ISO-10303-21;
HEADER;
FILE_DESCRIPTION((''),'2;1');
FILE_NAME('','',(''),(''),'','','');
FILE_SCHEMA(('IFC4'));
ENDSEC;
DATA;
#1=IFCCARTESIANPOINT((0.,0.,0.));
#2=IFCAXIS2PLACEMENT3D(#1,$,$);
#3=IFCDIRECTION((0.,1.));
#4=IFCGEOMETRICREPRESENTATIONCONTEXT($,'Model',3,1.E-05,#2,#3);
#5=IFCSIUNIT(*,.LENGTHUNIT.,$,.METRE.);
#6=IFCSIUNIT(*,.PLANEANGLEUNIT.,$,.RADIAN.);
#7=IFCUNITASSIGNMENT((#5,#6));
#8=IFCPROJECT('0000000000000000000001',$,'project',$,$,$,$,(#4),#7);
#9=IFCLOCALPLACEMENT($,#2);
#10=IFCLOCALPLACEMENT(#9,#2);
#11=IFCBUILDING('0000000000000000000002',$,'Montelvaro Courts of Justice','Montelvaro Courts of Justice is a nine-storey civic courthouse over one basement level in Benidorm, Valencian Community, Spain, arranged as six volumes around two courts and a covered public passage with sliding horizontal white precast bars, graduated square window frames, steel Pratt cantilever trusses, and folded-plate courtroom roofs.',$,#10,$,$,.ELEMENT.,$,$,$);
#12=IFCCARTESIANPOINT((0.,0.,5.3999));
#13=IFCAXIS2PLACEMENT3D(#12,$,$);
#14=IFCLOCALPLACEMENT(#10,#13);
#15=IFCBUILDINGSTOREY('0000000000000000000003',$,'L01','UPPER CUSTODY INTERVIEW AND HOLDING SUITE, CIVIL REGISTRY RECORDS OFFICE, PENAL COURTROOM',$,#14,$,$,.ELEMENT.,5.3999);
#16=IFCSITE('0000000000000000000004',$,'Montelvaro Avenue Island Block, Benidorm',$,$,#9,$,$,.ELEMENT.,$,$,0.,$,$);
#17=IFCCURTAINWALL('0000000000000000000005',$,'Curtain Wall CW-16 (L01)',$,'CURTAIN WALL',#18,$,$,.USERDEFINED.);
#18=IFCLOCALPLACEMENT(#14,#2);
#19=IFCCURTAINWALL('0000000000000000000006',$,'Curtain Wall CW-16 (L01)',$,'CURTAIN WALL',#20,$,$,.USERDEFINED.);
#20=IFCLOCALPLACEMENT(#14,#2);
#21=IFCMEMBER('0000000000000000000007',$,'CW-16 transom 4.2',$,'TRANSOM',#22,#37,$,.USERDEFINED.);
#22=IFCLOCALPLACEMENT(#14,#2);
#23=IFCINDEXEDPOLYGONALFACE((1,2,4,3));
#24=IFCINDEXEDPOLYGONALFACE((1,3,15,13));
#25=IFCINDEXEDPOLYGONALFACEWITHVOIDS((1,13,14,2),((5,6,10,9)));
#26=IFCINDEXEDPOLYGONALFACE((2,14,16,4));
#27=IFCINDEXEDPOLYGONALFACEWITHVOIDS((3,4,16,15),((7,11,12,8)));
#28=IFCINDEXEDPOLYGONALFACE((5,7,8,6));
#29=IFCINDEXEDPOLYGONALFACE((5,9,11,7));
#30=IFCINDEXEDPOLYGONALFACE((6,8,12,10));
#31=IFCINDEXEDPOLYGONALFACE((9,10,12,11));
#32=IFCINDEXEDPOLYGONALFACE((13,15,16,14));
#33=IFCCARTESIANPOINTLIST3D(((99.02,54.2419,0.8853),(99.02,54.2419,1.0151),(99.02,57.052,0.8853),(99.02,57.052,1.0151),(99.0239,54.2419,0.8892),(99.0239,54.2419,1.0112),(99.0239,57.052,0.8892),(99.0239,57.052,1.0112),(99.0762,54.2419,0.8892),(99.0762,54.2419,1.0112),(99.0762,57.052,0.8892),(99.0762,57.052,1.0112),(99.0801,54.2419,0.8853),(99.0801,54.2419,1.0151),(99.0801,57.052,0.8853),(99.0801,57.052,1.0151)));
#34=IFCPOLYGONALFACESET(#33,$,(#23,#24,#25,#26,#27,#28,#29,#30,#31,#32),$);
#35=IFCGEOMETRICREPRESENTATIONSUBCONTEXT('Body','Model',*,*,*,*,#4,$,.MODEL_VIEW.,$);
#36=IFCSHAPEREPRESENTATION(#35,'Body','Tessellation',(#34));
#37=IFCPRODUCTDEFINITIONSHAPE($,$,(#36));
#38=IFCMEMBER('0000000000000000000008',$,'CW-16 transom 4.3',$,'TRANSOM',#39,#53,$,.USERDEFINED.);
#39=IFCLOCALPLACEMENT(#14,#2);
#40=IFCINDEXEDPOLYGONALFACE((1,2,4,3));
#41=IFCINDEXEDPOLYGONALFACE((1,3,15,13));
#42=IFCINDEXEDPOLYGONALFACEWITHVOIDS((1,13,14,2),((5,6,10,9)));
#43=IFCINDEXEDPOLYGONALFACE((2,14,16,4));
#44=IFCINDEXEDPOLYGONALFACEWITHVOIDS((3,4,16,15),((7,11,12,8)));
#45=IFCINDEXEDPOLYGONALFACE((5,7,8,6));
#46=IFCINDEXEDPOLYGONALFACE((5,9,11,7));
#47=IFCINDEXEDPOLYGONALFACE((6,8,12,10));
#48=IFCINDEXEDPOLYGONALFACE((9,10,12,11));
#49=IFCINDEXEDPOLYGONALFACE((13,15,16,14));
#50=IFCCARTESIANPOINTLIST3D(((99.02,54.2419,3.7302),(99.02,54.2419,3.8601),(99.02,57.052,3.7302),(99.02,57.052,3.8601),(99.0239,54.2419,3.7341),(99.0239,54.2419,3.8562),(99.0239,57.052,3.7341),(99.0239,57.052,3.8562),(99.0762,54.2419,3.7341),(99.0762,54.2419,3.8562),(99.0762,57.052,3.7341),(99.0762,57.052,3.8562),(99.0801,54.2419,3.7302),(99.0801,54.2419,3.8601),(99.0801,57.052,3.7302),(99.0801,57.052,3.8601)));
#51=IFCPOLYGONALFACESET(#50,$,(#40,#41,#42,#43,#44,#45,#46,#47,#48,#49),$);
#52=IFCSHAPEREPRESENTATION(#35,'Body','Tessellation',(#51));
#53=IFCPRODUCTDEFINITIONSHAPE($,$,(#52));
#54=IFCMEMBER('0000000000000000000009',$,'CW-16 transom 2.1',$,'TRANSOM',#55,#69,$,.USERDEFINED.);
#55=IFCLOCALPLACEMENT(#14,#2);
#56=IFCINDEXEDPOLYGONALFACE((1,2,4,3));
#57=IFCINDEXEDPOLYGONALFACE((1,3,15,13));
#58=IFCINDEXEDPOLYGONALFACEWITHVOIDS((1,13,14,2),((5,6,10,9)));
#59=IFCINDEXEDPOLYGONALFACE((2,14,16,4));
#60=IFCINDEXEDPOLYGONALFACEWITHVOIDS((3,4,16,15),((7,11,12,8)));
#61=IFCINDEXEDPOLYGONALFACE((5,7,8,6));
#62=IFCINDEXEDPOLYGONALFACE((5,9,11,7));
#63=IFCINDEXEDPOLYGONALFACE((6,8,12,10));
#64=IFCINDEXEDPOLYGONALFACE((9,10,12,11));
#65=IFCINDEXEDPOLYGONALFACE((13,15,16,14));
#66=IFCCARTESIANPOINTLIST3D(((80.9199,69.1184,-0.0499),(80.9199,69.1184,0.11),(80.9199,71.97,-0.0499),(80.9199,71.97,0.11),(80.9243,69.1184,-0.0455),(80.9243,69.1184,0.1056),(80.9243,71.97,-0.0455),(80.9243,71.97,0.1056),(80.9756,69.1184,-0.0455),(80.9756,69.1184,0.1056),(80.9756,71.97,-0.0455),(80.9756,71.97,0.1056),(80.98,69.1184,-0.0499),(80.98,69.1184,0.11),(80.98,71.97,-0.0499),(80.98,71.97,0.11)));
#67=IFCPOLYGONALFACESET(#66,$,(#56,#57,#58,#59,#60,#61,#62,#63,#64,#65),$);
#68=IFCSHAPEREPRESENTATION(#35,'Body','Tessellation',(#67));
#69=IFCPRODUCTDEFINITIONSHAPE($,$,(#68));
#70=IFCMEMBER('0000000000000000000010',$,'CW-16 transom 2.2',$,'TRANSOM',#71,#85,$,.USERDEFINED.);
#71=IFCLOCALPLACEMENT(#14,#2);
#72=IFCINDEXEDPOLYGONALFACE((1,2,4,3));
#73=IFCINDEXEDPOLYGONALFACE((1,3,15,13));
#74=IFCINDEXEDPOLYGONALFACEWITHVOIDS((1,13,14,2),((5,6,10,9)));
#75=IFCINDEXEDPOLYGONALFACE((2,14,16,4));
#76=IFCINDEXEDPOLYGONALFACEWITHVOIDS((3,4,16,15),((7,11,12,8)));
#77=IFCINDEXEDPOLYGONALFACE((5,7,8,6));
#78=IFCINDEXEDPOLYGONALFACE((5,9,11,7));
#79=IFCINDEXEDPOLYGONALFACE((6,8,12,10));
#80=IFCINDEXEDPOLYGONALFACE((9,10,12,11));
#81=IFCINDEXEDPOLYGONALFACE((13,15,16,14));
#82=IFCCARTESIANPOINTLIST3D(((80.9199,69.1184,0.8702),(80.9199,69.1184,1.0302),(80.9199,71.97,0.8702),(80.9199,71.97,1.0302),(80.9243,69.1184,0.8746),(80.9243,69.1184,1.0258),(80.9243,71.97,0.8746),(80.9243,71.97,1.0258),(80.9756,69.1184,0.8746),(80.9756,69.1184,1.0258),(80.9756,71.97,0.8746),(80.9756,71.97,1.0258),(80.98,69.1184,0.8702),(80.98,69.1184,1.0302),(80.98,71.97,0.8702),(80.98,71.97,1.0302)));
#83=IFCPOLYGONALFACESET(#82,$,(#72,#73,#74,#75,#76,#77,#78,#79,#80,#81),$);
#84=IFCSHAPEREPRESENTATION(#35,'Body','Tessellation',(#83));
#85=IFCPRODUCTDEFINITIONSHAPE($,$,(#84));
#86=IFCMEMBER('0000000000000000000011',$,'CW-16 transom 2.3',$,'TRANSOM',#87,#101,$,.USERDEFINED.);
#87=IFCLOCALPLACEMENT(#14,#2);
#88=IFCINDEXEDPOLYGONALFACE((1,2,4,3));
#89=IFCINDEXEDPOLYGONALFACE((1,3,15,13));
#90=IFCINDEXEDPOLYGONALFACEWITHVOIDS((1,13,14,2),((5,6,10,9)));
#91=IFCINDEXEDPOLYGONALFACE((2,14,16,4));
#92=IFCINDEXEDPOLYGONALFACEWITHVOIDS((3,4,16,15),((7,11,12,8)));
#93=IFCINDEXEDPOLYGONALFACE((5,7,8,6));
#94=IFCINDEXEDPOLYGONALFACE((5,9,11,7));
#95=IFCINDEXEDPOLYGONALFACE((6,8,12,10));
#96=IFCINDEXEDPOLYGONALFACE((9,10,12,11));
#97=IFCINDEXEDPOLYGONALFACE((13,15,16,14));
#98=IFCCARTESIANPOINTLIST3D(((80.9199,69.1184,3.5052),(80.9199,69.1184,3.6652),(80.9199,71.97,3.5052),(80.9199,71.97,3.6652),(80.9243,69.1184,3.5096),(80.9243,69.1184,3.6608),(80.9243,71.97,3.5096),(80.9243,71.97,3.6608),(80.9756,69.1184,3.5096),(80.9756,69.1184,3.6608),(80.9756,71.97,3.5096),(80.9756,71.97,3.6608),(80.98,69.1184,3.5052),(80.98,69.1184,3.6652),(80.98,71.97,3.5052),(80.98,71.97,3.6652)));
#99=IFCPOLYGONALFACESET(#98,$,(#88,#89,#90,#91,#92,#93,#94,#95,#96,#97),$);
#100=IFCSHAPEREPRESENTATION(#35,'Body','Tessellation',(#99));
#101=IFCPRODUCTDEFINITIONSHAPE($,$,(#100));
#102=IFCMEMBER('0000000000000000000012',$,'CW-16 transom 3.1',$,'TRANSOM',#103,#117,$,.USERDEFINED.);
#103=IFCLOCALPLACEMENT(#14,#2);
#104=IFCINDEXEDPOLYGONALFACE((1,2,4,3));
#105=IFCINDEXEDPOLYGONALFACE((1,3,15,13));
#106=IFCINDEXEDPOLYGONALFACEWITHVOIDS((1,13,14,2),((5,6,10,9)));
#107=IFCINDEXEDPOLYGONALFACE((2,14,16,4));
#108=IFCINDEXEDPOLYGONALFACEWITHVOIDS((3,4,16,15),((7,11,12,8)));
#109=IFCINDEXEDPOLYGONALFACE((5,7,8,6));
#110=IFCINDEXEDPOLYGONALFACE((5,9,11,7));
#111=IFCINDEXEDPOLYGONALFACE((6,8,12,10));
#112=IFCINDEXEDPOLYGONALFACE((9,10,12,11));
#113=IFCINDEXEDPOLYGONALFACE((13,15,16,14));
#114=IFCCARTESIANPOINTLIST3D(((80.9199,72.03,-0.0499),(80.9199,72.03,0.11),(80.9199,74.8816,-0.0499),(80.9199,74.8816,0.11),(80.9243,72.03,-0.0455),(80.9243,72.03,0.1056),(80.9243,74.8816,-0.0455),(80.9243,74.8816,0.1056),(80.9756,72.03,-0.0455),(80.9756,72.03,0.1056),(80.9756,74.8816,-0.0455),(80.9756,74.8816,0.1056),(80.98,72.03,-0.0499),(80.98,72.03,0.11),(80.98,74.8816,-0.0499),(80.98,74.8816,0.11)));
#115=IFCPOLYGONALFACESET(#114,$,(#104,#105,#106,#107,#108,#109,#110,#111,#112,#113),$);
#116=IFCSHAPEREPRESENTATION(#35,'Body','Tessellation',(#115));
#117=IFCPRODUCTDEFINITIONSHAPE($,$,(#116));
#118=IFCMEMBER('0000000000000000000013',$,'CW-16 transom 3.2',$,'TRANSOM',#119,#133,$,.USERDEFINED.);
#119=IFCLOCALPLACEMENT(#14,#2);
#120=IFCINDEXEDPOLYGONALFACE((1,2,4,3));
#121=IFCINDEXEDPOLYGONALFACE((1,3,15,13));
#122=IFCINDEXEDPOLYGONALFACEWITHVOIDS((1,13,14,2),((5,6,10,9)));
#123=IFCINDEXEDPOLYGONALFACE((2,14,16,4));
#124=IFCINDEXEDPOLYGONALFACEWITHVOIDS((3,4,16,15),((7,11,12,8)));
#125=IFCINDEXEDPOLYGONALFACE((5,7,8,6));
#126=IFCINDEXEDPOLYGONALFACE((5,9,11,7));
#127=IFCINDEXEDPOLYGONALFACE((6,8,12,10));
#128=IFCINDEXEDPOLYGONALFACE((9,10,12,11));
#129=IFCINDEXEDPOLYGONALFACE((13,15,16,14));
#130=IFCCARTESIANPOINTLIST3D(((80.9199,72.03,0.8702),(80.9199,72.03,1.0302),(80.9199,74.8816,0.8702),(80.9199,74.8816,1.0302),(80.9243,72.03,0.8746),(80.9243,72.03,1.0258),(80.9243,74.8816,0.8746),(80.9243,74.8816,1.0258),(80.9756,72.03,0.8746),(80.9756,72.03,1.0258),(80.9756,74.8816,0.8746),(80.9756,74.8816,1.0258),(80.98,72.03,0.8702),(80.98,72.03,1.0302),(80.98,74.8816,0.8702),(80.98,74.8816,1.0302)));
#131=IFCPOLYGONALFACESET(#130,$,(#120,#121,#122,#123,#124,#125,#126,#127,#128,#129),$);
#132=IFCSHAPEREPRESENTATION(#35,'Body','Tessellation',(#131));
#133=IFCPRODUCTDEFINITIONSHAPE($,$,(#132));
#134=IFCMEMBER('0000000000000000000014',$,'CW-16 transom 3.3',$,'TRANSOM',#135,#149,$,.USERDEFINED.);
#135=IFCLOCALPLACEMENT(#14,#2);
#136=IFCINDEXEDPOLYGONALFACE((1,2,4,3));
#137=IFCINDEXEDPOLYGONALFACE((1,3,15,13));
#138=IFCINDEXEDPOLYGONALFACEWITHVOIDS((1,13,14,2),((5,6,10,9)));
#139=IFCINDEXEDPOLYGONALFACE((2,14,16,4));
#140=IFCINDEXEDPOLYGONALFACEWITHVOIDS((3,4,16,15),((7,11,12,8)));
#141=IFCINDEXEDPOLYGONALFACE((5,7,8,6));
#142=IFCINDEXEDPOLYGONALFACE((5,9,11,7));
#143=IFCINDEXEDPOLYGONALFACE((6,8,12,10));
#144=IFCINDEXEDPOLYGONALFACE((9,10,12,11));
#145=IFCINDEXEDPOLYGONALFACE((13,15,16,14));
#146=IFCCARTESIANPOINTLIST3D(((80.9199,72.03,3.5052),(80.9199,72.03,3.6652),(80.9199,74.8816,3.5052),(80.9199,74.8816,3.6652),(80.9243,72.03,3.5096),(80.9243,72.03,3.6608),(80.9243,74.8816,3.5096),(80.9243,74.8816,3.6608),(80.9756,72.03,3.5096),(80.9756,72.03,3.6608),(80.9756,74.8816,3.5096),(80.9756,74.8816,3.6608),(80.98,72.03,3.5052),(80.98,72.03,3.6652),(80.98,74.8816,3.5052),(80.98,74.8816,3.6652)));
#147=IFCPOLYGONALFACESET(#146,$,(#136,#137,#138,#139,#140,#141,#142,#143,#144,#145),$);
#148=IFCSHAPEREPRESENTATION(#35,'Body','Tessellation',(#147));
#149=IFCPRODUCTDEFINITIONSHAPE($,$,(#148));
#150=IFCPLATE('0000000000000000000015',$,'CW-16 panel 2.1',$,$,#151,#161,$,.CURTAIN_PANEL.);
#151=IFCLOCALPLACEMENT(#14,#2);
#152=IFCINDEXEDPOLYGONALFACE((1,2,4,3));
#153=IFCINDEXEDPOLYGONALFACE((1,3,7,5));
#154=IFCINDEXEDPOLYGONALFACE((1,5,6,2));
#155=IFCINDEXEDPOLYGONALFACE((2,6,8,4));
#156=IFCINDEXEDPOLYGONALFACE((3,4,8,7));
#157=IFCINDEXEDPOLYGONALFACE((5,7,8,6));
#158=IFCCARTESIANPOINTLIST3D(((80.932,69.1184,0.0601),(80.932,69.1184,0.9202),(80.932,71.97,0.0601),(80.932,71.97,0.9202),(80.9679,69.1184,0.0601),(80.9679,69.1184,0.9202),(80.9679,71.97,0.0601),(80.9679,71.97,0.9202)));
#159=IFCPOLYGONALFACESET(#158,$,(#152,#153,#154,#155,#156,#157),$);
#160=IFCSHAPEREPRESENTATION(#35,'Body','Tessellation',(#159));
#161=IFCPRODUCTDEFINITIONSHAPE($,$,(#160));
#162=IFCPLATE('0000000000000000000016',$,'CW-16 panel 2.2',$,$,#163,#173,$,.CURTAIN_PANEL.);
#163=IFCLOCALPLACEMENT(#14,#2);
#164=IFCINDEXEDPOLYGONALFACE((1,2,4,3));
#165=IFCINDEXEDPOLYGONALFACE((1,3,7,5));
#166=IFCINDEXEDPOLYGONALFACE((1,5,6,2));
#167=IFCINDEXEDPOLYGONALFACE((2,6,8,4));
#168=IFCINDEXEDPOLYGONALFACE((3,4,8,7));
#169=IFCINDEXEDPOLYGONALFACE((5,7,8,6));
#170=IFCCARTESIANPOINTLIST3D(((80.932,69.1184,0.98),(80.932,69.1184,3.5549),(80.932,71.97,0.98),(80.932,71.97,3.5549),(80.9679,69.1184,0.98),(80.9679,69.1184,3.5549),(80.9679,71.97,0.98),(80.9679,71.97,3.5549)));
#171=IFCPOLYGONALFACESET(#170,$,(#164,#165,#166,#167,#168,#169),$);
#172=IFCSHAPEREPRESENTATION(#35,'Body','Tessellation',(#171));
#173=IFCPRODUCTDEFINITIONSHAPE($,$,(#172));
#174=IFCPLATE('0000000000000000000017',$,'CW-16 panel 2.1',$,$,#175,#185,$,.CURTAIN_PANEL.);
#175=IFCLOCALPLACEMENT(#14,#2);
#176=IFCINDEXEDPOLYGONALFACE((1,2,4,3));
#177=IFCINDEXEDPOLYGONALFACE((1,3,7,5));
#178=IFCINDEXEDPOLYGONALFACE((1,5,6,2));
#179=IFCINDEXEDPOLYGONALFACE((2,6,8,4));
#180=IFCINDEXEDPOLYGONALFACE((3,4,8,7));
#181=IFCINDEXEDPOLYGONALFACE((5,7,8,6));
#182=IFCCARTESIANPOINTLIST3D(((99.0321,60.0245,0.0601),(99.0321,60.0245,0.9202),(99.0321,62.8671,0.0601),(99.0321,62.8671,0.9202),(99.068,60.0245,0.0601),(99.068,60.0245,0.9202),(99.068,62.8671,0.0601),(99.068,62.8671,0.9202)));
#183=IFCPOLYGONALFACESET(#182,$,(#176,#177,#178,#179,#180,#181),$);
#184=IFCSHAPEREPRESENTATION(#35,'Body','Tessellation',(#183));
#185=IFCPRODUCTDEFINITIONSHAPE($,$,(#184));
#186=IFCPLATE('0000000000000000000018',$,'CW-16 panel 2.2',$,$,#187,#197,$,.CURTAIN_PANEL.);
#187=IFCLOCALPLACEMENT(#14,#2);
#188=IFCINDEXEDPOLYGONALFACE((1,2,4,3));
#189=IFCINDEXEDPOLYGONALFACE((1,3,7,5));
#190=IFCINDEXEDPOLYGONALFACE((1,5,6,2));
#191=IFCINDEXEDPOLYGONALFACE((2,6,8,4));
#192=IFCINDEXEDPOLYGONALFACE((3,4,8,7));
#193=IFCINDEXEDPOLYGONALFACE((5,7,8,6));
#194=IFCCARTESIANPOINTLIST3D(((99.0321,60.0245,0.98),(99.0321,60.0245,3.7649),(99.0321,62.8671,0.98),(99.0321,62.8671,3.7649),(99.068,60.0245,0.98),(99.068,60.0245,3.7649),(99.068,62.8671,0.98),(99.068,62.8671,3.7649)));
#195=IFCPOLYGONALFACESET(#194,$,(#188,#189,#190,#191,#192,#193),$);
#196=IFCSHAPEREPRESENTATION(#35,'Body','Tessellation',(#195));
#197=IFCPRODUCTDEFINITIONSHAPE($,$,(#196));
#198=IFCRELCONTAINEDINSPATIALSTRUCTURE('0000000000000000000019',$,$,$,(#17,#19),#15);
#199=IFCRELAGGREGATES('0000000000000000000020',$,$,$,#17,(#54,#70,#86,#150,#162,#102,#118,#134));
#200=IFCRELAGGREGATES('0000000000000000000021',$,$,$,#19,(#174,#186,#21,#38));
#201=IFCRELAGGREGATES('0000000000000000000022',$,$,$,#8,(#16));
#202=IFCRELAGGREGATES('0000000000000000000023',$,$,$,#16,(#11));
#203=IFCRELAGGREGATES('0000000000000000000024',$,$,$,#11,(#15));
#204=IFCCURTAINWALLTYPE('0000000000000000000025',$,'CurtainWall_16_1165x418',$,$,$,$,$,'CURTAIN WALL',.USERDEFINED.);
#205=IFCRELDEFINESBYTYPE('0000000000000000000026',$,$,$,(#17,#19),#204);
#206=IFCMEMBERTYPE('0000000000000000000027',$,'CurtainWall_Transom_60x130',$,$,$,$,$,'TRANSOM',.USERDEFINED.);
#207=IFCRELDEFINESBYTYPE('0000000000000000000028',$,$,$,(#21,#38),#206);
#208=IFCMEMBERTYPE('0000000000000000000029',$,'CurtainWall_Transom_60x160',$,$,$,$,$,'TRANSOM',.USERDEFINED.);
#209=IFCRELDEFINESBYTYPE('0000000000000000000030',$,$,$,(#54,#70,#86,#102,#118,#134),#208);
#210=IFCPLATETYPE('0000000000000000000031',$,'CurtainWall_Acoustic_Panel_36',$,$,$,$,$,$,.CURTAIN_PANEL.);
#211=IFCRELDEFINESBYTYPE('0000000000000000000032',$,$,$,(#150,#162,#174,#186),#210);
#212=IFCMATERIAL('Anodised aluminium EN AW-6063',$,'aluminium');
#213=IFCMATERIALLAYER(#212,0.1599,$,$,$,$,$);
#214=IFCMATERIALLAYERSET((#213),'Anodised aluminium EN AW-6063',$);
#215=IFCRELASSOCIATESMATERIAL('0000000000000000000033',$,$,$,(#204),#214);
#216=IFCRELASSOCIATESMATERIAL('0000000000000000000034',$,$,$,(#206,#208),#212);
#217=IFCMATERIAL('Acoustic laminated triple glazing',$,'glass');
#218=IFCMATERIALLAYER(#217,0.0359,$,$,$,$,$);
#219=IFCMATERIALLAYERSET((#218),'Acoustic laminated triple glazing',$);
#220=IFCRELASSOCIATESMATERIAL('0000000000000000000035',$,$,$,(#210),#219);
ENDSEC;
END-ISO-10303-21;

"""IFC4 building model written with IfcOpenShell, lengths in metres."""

from ifc_helpers import new_model, si_unit, direction, frame, origin, origin_2d, place, context, subcontext, project, spatial, rectangle, hollow_rectangle, extrude, material, layer, layer_set, material_profile, profile_set, type_object, element, aggregate, save


model = new_model("IFC4")

# Units and contexts
model_context = context("Model", 3, precision=1e-05, world=origin(), true_north=direction((0.0, 1.0)))
body_context = subcontext(model_context, "Body", "Model", "MODEL_VIEW")
ifc_project = project(units=[si_unit("LENGTHUNIT", "METRE"), si_unit("PLANEANGLEUNIT", "RADIAN")], contexts=[model_context])

# Site, building, storey
site_placement = place(None, origin())
site = spatial("IfcSite", under=ifc_project, at=site_placement, Name="Montelvaro Avenue Island Block, Benidorm", CompositionType="ELEMENT", RefElevation=0.0)
building_placement = place(site_placement, origin())
building = spatial("IfcBuilding", under=site, at=building_placement, Name="Montelvaro Courts of Justice", Description="Montelvaro Courts of Justice is a nine-storey civic courthouse over one basement level in Benidorm, Valencian Community, Spain, arranged as six volumes around two courts and a covered public passage with sliding horizontal white precast bars, graduated square window frames, steel Pratt cantilever trusses, and folded-plate courtroom roofs.", CompositionType="ELEMENT")
storey_placement = place(building_placement, frame((0.0, 0.0, 5.3999)))
storey = spatial("IfcBuildingStorey", under=building, at=storey_placement, Name="L01", Description="UPPER CUSTODY INTERVIEW AND HOLDING SUITE, CIVIL REGISTRY RECORDS OFFICE, PENAL COURTROOM", CompositionType="ELEMENT", Elevation=5.3999)

# Curtain walls, members
ifc_material_1 = material(Name="Anodised aluminium EN AW-6063", Category="aluminium")
ifc_layer_1 = layer(ifc_material_1, 0.1599)
ifc_layer_set_1 = layer_set([ifc_layer_1], Name="Anodised aluminium EN AW-6063")
curtain_wall_type = type_object("IfcCurtainWallType", Name="CurtainWall_16_1165x418", ElementType="CURTAIN WALL", PredefinedType="USERDEFINED", material=ifc_layer_set_1)
curtain_wall_1_placement = place(storey_placement, origin())
curtain_wall_1 = element("IfcCurtainWall", 1, at=curtain_wall_1_placement, inside=storey, type_object=curtain_wall_type, Name="Curtain Wall CW-16 (L01)", ObjectType="CURTAIN WALL", PredefinedType="USERDEFINED")
curtain_wall_2_placement = place(storey_placement, origin())
curtain_wall_2 = element("IfcCurtainWall", 2, at=curtain_wall_2_placement, inside=storey, type_object=curtain_wall_type, Name="Curtain Wall CW-16 (L01)", ObjectType="CURTAIN WALL", PredefinedType="USERDEFINED")
ifc_material_profile_1 = material_profile(ifc_material_1, hollow_rectangle(XDim=0.0601, YDim=0.1299, WallThickness=0.0039, at=origin_2d()), Name="ALU-T 60x130")
ifc_profile_set_1 = profile_set([ifc_material_profile_1], Name="Anodised aluminium EN AW-6063")
member_type_1 = type_object("IfcMemberType", Name="CurtainWall_Transom_60x130", ElementType="TRANSOM", PredefinedType="USERDEFINED", material=ifc_profile_set_1)
member_1_placement = place(storey_placement, frame((99.05, 57.052, 0.9502), z_axis=(0.0, -1.0, 0.0), x_axis=(1.0, 0.0, 0.0)))
member_1 = element("IfcMember", 3, at=member_1_placement, type_object=member_type_1, Name="CW-16 transom 4.2", ObjectType="TRANSOM", PredefinedType="USERDEFINED", context=body_context, shape_type="SweptSolid", body=[
    extrude(hollow_rectangle(XDim=0.0601, YDim=0.1299, WallThickness=0.0039, at=origin_2d()), origin(), (0.0, 0.0, 1.0), 2.8101),
])
member_2_placement = place(storey_placement, frame((99.05, 57.052, 3.7952), z_axis=(0.0, -1.0, 0.0), x_axis=(1.0, 0.0, 0.0)))
member_2 = element("IfcMember", 4, at=member_2_placement, type_object=member_type_1, Name="CW-16 transom 4.3", ObjectType="TRANSOM", PredefinedType="USERDEFINED", context=body_context, shape_type="SweptSolid", body=[
    extrude(hollow_rectangle(XDim=0.0601, YDim=0.1299, WallThickness=0.0039, at=origin_2d()), origin(), (0.0, 0.0, 1.0), 2.8101),
])

# Members
ifc_material_profile_2 = material_profile(ifc_material_1, hollow_rectangle(XDim=0.0601, YDim=0.1599, WallThickness=0.0044, at=origin_2d()), Name="ALU-T 60x160")
ifc_profile_set_2 = profile_set([ifc_material_profile_2], Name="Anodised aluminium EN AW-6063")
member_type_2 = type_object("IfcMemberType", Name="CurtainWall_Transom_60x160", ElementType="TRANSOM", PredefinedType="USERDEFINED", material=ifc_profile_set_2)
member_3_placement = place(storey_placement, frame((80.95, 69.1184, 0.03), z_axis=(0.0, 1.0, 0.0), x_axis=(-1.0, 0.0, 0.0)))
member_3 = element("IfcMember", 5, at=member_3_placement, type_object=member_type_2, Name="CW-16 transom 2.1", ObjectType="TRANSOM", PredefinedType="USERDEFINED", context=body_context, shape_type="SweptSolid", body=[
    extrude(hollow_rectangle(XDim=0.0601, YDim=0.1599, WallThickness=0.0044, at=origin_2d()), origin(), (0.0, 0.0, 1.0), 2.8516),
])
member_4_placement = place(storey_placement, frame((80.95, 69.1184, 0.9502), z_axis=(0.0, 1.0, 0.0), x_axis=(-1.0, 0.0, 0.0)))
member_4 = element("IfcMember", 6, at=member_4_placement, type_object=member_type_2, Name="CW-16 transom 2.2", ObjectType="TRANSOM", PredefinedType="USERDEFINED", context=body_context, shape_type="SweptSolid", body=[
    extrude(hollow_rectangle(XDim=0.0601, YDim=0.1599, WallThickness=0.0044, at=origin_2d()), origin(), (0.0, 0.0, 1.0), 2.8516),
])
member_5_placement = place(storey_placement, frame((80.95, 69.1184, 3.5852), z_axis=(0.0, 1.0, 0.0), x_axis=(-1.0, 0.0, 0.0)))
member_5 = element("IfcMember", 7, at=member_5_placement, type_object=member_type_2, Name="CW-16 transom 2.3", ObjectType="TRANSOM", PredefinedType="USERDEFINED", context=body_context, shape_type="SweptSolid", body=[
    extrude(hollow_rectangle(XDim=0.0601, YDim=0.1599, WallThickness=0.0044, at=origin_2d()), origin(), (0.0, 0.0, 1.0), 2.8516),
])
member_6_placement = place(storey_placement, frame((80.95, 72.03, 0.03), z_axis=(0.0, 1.0, 0.0), x_axis=(-1.0, 0.0, 0.0)))
member_6 = element("IfcMember", 8, at=member_6_placement, type_object=member_type_2, Name="CW-16 transom 3.1", ObjectType="TRANSOM", PredefinedType="USERDEFINED", context=body_context, shape_type="SweptSolid", body=[
    extrude(hollow_rectangle(XDim=0.0601, YDim=0.1599, WallThickness=0.0044, at=origin_2d()), origin(), (0.0, 0.0, 1.0), 2.8516),
])
member_7_placement = place(storey_placement, frame((80.95, 72.03, 0.9502), z_axis=(0.0, 1.0, 0.0), x_axis=(-1.0, 0.0, 0.0)))
member_7 = element("IfcMember", 9, at=member_7_placement, type_object=member_type_2, Name="CW-16 transom 3.2", ObjectType="TRANSOM", PredefinedType="USERDEFINED", context=body_context, shape_type="SweptSolid", body=[
    extrude(hollow_rectangle(XDim=0.0601, YDim=0.1599, WallThickness=0.0044, at=origin_2d()), origin(), (0.0, 0.0, 1.0), 2.8516),
])
member_8_placement = place(storey_placement, frame((80.95, 72.03, 3.5852), z_axis=(0.0, 1.0, 0.0), x_axis=(-1.0, 0.0, 0.0)))
member_8 = element("IfcMember", 10, at=member_8_placement, type_object=member_type_2, Name="CW-16 transom 3.3", ObjectType="TRANSOM", PredefinedType="USERDEFINED", context=body_context, shape_type="SweptSolid", body=[
    extrude(hollow_rectangle(XDim=0.0601, YDim=0.1599, WallThickness=0.0044, at=origin_2d()), origin(), (0.0, 0.0, 1.0), 2.8516),
])

# Plates
ifc_material_2 = material(Name="Acoustic laminated triple glazing", Category="glass")
ifc_layer_2 = layer(ifc_material_2, 0.0359)
ifc_layer_set_2 = layer_set([ifc_layer_2], Name="Acoustic laminated triple glazing")
plate_type = type_object("IfcPlateType", Name="CurtainWall_Acoustic_Panel_36", PredefinedType="CURTAIN_PANEL", material=ifc_layer_set_2)
plate_1_placement = place(storey_placement, frame((80.95, 70.5442, 0.0601), z_axis=(0.0, 0.0, 1.0), x_axis=(0.0, 1.0, 0.0)))
plate_1 = element("IfcPlate", 11, at=plate_1_placement, type_object=plate_type, Name="CW-16 panel 2.1", PredefinedType="CURTAIN_PANEL", context=body_context, shape_type="SweptSolid", body=[
    extrude(rectangle(XDim=2.8516, YDim=0.0359, at=origin_2d()), origin(), (0.0, 0.0, 1.0), 0.8601),
])
plate_2_placement = place(storey_placement, frame((80.95, 70.5442, 0.98), z_axis=(0.0, 0.0, 1.0), x_axis=(0.0, 1.0, 0.0)))
plate_2 = element("IfcPlate", 12, at=plate_2_placement, type_object=plate_type, Name="CW-16 panel 2.2", PredefinedType="CURTAIN_PANEL", context=body_context, shape_type="SweptSolid", body=[
    extrude(rectangle(XDim=2.8516, YDim=0.0359, at=origin_2d()), origin(), (0.0, 0.0, 1.0), 2.575),
])
aggregate(curtain_wall_1, [member_3, member_4, member_5, plate_1, plate_2, member_6, member_7, member_8])
plate_3_placement = place(storey_placement, frame((99.05, 61.4458, 0.0601), z_axis=(0.0, 0.0, 1.0), x_axis=(0.0, -1.0, 0.0)))
plate_3 = element("IfcPlate", 13, at=plate_3_placement, type_object=plate_type, Name="CW-16 panel 2.1", PredefinedType="CURTAIN_PANEL", context=body_context, shape_type="SweptSolid", body=[
    extrude(rectangle(XDim=2.8425, YDim=0.0359, at=origin_2d()), origin(), (0.0, 0.0, 1.0), 0.8601),
])
plate_4_placement = place(storey_placement, frame((99.05, 61.4458, 0.98), z_axis=(0.0, 0.0, 1.0), x_axis=(0.0, -1.0, 0.0)))
plate_4 = element("IfcPlate", 14, at=plate_4_placement, type_object=plate_type, Name="CW-16 panel 2.2", PredefinedType="CURTAIN_PANEL", context=body_context, shape_type="SweptSolid", body=[
    extrude(rectangle(XDim=2.8425, YDim=0.0359, at=origin_2d()), origin(), (0.0, 0.0, 1.0), 2.7849),
])
aggregate(curtain_wall_2, [plate_3, plate_4, member_1, member_2])

save(model, "model.ifc")
